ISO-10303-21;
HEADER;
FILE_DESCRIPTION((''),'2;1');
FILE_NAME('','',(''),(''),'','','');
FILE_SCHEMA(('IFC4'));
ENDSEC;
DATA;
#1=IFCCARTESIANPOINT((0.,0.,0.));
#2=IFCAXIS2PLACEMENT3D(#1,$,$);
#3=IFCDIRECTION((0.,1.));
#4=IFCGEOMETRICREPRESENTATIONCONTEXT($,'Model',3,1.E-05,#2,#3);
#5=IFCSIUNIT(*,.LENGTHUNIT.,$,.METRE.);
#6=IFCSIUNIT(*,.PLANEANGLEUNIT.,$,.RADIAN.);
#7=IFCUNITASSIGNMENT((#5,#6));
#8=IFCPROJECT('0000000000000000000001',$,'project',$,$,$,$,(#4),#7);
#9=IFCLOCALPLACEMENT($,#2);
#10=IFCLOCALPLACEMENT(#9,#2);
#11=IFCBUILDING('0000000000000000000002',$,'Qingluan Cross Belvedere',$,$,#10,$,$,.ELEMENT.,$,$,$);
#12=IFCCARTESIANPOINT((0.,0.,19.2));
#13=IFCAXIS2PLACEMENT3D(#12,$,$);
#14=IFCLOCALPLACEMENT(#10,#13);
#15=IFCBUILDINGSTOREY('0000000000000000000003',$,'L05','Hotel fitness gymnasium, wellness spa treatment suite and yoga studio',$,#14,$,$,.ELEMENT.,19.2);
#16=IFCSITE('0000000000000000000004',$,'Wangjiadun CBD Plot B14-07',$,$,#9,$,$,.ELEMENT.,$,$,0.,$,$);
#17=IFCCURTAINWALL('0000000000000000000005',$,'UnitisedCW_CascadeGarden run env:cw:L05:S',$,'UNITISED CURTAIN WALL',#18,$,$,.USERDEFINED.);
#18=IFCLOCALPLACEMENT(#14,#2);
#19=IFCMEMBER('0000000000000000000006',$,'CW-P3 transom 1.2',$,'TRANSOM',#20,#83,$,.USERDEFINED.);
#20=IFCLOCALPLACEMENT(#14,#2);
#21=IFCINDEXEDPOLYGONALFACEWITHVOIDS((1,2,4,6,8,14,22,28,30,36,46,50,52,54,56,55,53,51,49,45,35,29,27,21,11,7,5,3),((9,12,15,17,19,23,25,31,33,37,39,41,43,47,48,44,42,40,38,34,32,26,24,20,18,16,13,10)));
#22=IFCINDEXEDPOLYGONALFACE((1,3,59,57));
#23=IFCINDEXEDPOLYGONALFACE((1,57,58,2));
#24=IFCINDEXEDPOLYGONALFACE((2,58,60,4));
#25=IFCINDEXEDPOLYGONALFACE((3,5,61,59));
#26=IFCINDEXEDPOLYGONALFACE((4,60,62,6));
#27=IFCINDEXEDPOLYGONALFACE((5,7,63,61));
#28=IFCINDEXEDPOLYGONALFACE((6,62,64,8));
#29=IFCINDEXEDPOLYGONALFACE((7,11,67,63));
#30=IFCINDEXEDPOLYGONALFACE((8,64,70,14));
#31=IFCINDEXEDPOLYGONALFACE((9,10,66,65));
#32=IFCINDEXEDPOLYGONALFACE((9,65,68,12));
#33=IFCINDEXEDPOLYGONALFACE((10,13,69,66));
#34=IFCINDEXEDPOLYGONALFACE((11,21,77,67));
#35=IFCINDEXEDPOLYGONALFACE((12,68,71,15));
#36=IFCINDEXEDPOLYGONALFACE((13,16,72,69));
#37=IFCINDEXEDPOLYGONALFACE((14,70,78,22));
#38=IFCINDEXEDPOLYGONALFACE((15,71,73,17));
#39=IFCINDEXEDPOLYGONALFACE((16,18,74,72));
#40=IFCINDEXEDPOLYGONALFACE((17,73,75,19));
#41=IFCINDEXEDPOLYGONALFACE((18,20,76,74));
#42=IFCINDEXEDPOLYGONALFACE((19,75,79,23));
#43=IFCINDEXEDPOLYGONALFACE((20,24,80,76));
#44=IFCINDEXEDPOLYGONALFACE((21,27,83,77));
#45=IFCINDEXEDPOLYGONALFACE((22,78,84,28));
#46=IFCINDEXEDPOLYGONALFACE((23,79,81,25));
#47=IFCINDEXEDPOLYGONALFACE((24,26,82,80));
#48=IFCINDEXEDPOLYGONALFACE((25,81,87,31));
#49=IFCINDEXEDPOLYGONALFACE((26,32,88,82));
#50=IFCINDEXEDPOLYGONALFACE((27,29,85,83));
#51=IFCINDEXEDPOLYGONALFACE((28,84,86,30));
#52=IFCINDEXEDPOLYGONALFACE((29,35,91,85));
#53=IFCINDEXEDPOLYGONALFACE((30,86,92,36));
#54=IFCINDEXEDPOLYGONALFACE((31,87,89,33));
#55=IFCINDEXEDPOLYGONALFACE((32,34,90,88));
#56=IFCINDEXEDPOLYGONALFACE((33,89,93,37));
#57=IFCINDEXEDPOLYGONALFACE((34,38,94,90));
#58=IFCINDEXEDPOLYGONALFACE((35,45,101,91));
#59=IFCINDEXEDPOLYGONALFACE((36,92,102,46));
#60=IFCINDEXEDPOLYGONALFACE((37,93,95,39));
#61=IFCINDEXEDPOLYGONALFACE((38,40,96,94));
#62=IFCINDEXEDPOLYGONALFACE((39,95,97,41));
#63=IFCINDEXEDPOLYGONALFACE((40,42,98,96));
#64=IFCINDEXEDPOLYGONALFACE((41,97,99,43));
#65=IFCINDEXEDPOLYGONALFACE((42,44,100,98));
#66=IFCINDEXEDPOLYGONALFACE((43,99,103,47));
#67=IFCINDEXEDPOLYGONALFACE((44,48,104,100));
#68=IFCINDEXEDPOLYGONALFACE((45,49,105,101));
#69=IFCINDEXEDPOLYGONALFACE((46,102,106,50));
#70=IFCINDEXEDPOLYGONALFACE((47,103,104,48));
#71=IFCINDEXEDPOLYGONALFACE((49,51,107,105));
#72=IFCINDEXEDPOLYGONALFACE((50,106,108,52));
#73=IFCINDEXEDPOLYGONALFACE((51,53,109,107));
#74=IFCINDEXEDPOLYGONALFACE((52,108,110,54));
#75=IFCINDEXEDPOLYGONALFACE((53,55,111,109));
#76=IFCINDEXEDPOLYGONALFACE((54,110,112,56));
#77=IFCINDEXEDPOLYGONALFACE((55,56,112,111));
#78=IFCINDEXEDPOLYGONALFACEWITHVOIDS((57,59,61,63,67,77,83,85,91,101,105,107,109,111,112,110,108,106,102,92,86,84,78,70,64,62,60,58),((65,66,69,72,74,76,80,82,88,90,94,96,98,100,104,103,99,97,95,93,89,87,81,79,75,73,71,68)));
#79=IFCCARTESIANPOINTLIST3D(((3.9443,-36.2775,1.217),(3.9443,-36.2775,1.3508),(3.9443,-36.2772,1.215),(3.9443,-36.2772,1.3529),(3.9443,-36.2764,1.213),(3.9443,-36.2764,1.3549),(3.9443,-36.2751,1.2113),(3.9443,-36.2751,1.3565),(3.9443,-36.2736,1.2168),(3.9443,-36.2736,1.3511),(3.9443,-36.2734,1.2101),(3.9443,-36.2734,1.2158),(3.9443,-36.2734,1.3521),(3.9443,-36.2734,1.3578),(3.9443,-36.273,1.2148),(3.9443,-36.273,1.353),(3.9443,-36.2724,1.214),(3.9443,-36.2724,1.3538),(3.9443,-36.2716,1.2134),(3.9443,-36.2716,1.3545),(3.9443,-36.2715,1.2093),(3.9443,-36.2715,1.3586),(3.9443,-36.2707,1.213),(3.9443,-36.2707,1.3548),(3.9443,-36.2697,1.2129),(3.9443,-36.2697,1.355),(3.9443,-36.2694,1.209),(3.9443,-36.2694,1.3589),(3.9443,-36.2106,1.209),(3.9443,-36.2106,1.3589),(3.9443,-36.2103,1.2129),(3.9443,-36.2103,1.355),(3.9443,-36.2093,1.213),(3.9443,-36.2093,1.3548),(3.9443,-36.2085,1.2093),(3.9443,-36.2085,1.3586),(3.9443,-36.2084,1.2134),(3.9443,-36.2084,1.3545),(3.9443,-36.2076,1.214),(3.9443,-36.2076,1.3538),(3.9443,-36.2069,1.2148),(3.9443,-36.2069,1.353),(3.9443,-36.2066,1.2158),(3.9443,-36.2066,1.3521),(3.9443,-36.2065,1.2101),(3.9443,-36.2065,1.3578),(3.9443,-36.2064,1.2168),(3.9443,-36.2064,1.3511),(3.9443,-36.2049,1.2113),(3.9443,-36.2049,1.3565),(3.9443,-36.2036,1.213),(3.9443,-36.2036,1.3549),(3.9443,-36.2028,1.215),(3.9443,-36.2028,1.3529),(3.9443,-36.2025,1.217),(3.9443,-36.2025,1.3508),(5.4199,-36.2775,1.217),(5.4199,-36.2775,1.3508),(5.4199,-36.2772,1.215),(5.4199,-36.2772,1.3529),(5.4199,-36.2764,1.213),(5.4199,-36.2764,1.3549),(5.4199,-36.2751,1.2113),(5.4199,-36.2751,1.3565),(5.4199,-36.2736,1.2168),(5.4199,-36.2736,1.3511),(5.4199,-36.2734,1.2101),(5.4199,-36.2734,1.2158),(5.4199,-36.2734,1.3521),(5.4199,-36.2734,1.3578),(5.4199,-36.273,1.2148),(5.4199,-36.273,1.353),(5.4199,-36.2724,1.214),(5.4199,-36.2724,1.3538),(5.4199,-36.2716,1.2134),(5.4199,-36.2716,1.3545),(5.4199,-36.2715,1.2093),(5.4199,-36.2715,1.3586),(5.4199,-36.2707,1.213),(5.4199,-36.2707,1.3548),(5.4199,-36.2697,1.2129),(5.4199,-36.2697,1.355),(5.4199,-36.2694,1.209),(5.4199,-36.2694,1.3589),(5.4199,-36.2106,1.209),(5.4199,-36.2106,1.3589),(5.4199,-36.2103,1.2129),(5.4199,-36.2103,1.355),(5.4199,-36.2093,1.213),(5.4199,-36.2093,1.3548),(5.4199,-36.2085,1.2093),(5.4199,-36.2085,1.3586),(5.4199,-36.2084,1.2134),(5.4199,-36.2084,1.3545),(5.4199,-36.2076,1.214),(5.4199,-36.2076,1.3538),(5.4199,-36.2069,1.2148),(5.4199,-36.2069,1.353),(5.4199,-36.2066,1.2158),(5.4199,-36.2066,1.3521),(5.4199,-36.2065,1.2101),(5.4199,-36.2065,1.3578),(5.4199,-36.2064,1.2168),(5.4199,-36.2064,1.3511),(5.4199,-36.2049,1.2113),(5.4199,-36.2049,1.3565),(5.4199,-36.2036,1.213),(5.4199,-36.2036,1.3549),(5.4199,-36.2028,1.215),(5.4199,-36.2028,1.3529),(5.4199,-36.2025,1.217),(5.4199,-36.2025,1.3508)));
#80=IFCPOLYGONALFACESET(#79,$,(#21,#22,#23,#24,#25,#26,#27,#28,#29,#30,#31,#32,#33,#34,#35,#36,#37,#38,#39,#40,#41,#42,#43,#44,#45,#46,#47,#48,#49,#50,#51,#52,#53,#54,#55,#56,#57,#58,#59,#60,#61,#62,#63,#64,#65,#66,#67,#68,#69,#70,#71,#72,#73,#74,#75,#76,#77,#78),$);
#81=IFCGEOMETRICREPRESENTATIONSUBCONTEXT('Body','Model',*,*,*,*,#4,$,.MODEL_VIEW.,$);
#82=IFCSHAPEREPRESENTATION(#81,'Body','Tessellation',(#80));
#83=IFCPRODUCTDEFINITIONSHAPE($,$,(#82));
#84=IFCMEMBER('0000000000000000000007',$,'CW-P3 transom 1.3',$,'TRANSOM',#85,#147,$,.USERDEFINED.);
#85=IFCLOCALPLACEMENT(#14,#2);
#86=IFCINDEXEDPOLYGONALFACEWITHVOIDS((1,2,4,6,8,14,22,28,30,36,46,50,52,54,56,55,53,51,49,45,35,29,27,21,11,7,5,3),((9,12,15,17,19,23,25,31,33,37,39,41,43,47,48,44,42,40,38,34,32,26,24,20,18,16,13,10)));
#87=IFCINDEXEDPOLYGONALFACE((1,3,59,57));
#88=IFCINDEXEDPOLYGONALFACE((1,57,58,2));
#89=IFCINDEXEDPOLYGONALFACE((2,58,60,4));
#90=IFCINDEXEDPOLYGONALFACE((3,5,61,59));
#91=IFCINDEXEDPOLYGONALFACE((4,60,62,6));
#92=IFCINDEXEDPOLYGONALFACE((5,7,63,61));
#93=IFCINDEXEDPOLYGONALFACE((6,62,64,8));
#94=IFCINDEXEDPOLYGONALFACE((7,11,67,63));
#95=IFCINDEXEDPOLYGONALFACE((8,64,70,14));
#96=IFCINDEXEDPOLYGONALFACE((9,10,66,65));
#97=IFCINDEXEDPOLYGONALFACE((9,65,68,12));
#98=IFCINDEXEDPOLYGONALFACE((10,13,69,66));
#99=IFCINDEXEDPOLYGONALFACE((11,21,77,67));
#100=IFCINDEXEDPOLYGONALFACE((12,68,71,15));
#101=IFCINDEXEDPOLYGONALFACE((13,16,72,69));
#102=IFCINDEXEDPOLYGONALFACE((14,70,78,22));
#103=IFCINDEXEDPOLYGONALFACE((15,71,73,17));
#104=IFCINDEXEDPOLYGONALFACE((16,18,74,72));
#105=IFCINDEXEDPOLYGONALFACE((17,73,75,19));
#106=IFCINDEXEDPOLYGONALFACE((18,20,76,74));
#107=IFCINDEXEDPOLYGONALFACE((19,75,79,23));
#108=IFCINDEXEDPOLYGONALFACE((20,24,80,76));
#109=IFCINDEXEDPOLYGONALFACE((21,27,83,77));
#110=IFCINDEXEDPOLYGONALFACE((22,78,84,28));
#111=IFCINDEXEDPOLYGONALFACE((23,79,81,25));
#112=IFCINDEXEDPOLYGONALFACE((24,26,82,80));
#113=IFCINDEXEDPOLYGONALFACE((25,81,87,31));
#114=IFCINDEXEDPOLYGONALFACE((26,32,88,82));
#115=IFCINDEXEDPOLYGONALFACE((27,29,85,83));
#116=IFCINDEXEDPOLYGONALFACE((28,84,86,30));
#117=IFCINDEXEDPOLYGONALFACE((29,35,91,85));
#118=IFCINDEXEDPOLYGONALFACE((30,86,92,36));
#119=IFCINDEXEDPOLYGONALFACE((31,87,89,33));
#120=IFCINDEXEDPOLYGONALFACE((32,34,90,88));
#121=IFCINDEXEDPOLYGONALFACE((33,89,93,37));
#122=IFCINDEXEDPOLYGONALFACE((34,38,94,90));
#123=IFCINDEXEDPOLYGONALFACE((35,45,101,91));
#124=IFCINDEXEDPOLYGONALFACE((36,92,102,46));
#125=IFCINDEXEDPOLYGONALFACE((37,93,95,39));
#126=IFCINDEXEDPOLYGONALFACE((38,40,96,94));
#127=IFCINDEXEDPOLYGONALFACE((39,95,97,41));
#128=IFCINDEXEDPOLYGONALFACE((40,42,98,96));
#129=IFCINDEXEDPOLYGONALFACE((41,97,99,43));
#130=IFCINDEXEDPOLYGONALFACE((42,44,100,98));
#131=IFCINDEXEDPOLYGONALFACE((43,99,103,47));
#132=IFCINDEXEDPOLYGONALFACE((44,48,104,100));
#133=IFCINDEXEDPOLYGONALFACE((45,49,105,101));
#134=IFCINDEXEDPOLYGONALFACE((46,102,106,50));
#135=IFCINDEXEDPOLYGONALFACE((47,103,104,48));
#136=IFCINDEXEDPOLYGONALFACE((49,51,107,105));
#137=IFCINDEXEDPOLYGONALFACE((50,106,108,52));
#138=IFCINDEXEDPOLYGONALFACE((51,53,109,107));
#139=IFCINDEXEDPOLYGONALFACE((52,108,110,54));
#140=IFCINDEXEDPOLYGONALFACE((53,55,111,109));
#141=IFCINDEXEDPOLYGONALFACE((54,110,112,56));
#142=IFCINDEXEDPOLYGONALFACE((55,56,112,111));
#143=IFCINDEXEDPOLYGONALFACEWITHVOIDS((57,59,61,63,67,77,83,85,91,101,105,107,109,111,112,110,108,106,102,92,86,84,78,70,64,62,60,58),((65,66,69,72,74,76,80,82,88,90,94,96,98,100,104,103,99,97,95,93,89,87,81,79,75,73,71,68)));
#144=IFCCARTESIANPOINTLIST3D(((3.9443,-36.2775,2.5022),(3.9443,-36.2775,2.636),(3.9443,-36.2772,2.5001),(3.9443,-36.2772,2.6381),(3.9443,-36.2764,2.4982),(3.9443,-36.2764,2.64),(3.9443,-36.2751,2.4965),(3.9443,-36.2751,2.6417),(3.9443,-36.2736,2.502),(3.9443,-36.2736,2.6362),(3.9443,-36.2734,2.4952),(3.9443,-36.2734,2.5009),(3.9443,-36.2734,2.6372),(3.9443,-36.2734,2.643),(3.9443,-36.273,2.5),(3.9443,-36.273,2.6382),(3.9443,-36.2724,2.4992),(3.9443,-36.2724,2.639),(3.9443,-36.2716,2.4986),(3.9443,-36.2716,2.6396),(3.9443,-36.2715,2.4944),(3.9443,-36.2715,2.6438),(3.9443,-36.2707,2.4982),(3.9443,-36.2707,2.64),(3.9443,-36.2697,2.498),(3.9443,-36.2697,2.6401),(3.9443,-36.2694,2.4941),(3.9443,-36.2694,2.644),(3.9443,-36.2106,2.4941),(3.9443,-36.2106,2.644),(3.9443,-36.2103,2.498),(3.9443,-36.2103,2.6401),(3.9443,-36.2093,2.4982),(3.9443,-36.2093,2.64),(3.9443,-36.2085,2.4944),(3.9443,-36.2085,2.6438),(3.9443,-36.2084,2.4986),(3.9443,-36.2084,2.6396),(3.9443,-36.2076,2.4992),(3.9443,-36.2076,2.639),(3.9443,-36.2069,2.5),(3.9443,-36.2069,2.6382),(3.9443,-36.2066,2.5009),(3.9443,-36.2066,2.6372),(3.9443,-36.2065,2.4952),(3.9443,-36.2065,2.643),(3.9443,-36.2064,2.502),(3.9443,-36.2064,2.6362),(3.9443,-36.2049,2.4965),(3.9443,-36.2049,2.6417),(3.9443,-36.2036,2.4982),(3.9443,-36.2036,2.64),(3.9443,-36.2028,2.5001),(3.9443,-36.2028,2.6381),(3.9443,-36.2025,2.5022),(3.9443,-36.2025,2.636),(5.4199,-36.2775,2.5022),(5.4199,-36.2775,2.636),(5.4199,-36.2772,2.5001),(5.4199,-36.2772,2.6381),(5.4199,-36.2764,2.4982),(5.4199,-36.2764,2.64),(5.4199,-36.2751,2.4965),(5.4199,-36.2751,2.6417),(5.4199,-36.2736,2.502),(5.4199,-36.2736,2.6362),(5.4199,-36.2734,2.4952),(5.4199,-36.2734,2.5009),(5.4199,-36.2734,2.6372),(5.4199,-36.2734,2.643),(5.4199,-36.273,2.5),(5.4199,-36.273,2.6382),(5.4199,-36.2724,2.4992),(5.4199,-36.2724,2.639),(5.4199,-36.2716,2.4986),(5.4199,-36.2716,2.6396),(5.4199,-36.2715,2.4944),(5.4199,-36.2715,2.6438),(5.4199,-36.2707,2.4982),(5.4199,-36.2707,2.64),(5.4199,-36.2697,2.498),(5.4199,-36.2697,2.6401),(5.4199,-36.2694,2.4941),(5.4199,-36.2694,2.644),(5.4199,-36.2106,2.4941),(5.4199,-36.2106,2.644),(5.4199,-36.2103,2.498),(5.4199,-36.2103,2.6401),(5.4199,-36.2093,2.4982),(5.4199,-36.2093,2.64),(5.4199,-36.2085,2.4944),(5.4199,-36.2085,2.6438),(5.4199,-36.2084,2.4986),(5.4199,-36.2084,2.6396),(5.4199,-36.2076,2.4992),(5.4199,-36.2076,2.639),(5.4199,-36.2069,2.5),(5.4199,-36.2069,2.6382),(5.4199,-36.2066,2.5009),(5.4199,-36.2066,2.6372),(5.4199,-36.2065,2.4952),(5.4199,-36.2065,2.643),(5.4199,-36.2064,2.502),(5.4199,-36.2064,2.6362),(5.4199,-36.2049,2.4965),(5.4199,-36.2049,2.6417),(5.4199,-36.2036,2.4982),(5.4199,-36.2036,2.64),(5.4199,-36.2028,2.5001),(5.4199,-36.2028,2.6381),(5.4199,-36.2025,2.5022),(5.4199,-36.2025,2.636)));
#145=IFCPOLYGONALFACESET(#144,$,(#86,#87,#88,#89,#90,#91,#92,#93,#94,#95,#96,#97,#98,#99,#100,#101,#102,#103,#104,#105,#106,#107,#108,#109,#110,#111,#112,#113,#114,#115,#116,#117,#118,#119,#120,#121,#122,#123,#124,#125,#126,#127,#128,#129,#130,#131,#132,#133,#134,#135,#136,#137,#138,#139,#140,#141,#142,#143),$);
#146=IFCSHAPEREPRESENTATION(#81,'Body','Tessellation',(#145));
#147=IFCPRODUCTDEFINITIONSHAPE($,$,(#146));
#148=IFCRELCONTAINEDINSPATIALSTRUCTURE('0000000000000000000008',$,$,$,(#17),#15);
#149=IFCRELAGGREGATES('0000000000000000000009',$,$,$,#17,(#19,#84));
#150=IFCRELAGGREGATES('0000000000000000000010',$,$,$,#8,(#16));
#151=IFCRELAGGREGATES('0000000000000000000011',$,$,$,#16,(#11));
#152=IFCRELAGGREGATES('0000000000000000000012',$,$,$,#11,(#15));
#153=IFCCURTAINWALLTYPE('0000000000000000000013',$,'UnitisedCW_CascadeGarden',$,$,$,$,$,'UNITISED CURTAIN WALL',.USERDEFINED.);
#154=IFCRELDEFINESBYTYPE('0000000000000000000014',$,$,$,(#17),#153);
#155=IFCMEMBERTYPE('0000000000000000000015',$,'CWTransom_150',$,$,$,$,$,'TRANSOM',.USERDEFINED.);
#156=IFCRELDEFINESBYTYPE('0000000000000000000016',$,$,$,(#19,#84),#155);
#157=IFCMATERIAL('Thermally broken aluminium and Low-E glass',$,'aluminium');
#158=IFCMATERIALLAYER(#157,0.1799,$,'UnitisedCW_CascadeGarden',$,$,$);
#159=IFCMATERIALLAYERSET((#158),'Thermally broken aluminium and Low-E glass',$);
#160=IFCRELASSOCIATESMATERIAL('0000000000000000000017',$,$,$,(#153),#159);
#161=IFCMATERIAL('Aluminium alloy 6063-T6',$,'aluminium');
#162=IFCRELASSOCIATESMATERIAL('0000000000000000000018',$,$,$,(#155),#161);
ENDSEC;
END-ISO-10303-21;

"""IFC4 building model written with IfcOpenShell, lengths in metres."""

from ifc_helpers import new_model, si_unit, direction, frame, origin, origin_2d, place, context, subcontext, project, spatial, hollow_rectangle, extrude, material, layer, layer_set, material_profile, profile_set, type_object, element, aggregate, save


model = new_model("IFC4")

# Units and contexts
model_context = context("Model", 3, precision=1e-05, world=origin(), true_north=direction((0.0, 1.0)))
body_context = subcontext(model_context, "Body", "Model", "MODEL_VIEW")
ifc_project = project(units=[si_unit("LENGTHUNIT", "METRE"), si_unit("PLANEANGLEUNIT", "RADIAN")], contexts=[model_context])

# Site, building, storey
site_placement = place(None, origin())
site = spatial("IfcSite", under=ifc_project, at=site_placement, Name="Wangjiadun CBD Plot B14-07", CompositionType="ELEMENT", RefElevation=0.0)
building_placement = place(site_placement, origin())
building = spatial("IfcBuilding", under=site, at=building_placement, Name="Qingluan Cross Belvedere", CompositionType="ELEMENT")
storey_placement = place(building_placement, frame((0.0, 0.0, 19.2)))
storey = spatial("IfcBuildingStorey", under=building, at=storey_placement, Name="L05", Description="Hotel fitness gymnasium, wellness spa treatment suite and yoga studio", CompositionType="ELEMENT", Elevation=19.2)

# Curtain wall, members
ifc_material_1 = material(Name="Thermally broken aluminium and Low-E glass", Category="aluminium")
ifc_layer_1 = layer(ifc_material_1, 0.1799, Name="UnitisedCW_CascadeGarden")
ifc_layer_set_1 = layer_set([ifc_layer_1], Name="Thermally broken aluminium and Low-E glass")
curtain_wall_type = type_object("IfcCurtainWallType", Name="UnitisedCW_CascadeGarden", ElementType="UNITISED CURTAIN WALL", PredefinedType="USERDEFINED", material=ifc_layer_set_1)
curtain_wall_placement = place(storey_placement, origin())
curtain_wall = element("IfcCurtainWall", 1, at=curtain_wall_placement, inside=storey, type_object=curtain_wall_type, Name="UnitisedCW_CascadeGarden run env:cw:L05:S", ObjectType="UNITISED CURTAIN WALL", PredefinedType="USERDEFINED")
ifc_material_2 = material(Name="Aluminium alloy 6063-T6", Category="aluminium")
ifc_material_profile_1 = material_profile(ifc_material_2, hollow_rectangle(XDim=0.075, YDim=0.1499, WallThickness=0.0039, InnerFilletRadius=0.0039, OuterFilletRadius=0.0081, at=origin_2d()), Name="CWT150x75x4")
ifc_profile_set_1 = profile_set([ifc_material_profile_1], Name="Aluminium alloy 6063-T6")
member_type_1 = type_object("IfcMemberType", Name="CWTransom_150", ElementType="TRANSOM", PredefinedType="USERDEFINED", material=ifc_profile_set_1)
member_1_placement = place(storey_placement, frame((5.4199, -36.24, 1.2839), z_axis=(-1.0, 0.0, 0.0), x_axis=(0.0, -1.0, 0.0)))
member_1 = element("IfcMember", 2, at=member_1_placement, type_object=member_type_1, Name="CW-P3 transom 1.2", ObjectType="TRANSOM", PredefinedType="USERDEFINED", context=body_context, shape_type="SweptSolid", body=[
    extrude(hollow_rectangle(XDim=0.075, YDim=0.1499, WallThickness=0.0039, InnerFilletRadius=0.0039, OuterFilletRadius=0.0081, at=origin_2d()), origin(), (0.0, 0.0, 1.0), 1.4756),
])
member_2_placement = place(storey_placement, frame((5.4199, -36.24, 2.5691), z_axis=(-1.0, 0.0, 0.0), x_axis=(0.0, -1.0, 0.0)))
member_2 = element("IfcMember", 3, at=member_2_placement, type_object=member_type_1, Name="CW-P3 transom 1.3", ObjectType="TRANSOM", PredefinedType="USERDEFINED", context=body_context, shape_type="SweptSolid", body=[
    extrude(hollow_rectangle(XDim=0.075, YDim=0.1499, WallThickness=0.0039, InnerFilletRadius=0.0039, OuterFilletRadius=0.0081, at=origin_2d()), origin(), (0.0, 0.0, 1.0), 1.4756),
])
aggregate(curtain_wall, [member_1, member_2])

save(model, "model.ifc")
